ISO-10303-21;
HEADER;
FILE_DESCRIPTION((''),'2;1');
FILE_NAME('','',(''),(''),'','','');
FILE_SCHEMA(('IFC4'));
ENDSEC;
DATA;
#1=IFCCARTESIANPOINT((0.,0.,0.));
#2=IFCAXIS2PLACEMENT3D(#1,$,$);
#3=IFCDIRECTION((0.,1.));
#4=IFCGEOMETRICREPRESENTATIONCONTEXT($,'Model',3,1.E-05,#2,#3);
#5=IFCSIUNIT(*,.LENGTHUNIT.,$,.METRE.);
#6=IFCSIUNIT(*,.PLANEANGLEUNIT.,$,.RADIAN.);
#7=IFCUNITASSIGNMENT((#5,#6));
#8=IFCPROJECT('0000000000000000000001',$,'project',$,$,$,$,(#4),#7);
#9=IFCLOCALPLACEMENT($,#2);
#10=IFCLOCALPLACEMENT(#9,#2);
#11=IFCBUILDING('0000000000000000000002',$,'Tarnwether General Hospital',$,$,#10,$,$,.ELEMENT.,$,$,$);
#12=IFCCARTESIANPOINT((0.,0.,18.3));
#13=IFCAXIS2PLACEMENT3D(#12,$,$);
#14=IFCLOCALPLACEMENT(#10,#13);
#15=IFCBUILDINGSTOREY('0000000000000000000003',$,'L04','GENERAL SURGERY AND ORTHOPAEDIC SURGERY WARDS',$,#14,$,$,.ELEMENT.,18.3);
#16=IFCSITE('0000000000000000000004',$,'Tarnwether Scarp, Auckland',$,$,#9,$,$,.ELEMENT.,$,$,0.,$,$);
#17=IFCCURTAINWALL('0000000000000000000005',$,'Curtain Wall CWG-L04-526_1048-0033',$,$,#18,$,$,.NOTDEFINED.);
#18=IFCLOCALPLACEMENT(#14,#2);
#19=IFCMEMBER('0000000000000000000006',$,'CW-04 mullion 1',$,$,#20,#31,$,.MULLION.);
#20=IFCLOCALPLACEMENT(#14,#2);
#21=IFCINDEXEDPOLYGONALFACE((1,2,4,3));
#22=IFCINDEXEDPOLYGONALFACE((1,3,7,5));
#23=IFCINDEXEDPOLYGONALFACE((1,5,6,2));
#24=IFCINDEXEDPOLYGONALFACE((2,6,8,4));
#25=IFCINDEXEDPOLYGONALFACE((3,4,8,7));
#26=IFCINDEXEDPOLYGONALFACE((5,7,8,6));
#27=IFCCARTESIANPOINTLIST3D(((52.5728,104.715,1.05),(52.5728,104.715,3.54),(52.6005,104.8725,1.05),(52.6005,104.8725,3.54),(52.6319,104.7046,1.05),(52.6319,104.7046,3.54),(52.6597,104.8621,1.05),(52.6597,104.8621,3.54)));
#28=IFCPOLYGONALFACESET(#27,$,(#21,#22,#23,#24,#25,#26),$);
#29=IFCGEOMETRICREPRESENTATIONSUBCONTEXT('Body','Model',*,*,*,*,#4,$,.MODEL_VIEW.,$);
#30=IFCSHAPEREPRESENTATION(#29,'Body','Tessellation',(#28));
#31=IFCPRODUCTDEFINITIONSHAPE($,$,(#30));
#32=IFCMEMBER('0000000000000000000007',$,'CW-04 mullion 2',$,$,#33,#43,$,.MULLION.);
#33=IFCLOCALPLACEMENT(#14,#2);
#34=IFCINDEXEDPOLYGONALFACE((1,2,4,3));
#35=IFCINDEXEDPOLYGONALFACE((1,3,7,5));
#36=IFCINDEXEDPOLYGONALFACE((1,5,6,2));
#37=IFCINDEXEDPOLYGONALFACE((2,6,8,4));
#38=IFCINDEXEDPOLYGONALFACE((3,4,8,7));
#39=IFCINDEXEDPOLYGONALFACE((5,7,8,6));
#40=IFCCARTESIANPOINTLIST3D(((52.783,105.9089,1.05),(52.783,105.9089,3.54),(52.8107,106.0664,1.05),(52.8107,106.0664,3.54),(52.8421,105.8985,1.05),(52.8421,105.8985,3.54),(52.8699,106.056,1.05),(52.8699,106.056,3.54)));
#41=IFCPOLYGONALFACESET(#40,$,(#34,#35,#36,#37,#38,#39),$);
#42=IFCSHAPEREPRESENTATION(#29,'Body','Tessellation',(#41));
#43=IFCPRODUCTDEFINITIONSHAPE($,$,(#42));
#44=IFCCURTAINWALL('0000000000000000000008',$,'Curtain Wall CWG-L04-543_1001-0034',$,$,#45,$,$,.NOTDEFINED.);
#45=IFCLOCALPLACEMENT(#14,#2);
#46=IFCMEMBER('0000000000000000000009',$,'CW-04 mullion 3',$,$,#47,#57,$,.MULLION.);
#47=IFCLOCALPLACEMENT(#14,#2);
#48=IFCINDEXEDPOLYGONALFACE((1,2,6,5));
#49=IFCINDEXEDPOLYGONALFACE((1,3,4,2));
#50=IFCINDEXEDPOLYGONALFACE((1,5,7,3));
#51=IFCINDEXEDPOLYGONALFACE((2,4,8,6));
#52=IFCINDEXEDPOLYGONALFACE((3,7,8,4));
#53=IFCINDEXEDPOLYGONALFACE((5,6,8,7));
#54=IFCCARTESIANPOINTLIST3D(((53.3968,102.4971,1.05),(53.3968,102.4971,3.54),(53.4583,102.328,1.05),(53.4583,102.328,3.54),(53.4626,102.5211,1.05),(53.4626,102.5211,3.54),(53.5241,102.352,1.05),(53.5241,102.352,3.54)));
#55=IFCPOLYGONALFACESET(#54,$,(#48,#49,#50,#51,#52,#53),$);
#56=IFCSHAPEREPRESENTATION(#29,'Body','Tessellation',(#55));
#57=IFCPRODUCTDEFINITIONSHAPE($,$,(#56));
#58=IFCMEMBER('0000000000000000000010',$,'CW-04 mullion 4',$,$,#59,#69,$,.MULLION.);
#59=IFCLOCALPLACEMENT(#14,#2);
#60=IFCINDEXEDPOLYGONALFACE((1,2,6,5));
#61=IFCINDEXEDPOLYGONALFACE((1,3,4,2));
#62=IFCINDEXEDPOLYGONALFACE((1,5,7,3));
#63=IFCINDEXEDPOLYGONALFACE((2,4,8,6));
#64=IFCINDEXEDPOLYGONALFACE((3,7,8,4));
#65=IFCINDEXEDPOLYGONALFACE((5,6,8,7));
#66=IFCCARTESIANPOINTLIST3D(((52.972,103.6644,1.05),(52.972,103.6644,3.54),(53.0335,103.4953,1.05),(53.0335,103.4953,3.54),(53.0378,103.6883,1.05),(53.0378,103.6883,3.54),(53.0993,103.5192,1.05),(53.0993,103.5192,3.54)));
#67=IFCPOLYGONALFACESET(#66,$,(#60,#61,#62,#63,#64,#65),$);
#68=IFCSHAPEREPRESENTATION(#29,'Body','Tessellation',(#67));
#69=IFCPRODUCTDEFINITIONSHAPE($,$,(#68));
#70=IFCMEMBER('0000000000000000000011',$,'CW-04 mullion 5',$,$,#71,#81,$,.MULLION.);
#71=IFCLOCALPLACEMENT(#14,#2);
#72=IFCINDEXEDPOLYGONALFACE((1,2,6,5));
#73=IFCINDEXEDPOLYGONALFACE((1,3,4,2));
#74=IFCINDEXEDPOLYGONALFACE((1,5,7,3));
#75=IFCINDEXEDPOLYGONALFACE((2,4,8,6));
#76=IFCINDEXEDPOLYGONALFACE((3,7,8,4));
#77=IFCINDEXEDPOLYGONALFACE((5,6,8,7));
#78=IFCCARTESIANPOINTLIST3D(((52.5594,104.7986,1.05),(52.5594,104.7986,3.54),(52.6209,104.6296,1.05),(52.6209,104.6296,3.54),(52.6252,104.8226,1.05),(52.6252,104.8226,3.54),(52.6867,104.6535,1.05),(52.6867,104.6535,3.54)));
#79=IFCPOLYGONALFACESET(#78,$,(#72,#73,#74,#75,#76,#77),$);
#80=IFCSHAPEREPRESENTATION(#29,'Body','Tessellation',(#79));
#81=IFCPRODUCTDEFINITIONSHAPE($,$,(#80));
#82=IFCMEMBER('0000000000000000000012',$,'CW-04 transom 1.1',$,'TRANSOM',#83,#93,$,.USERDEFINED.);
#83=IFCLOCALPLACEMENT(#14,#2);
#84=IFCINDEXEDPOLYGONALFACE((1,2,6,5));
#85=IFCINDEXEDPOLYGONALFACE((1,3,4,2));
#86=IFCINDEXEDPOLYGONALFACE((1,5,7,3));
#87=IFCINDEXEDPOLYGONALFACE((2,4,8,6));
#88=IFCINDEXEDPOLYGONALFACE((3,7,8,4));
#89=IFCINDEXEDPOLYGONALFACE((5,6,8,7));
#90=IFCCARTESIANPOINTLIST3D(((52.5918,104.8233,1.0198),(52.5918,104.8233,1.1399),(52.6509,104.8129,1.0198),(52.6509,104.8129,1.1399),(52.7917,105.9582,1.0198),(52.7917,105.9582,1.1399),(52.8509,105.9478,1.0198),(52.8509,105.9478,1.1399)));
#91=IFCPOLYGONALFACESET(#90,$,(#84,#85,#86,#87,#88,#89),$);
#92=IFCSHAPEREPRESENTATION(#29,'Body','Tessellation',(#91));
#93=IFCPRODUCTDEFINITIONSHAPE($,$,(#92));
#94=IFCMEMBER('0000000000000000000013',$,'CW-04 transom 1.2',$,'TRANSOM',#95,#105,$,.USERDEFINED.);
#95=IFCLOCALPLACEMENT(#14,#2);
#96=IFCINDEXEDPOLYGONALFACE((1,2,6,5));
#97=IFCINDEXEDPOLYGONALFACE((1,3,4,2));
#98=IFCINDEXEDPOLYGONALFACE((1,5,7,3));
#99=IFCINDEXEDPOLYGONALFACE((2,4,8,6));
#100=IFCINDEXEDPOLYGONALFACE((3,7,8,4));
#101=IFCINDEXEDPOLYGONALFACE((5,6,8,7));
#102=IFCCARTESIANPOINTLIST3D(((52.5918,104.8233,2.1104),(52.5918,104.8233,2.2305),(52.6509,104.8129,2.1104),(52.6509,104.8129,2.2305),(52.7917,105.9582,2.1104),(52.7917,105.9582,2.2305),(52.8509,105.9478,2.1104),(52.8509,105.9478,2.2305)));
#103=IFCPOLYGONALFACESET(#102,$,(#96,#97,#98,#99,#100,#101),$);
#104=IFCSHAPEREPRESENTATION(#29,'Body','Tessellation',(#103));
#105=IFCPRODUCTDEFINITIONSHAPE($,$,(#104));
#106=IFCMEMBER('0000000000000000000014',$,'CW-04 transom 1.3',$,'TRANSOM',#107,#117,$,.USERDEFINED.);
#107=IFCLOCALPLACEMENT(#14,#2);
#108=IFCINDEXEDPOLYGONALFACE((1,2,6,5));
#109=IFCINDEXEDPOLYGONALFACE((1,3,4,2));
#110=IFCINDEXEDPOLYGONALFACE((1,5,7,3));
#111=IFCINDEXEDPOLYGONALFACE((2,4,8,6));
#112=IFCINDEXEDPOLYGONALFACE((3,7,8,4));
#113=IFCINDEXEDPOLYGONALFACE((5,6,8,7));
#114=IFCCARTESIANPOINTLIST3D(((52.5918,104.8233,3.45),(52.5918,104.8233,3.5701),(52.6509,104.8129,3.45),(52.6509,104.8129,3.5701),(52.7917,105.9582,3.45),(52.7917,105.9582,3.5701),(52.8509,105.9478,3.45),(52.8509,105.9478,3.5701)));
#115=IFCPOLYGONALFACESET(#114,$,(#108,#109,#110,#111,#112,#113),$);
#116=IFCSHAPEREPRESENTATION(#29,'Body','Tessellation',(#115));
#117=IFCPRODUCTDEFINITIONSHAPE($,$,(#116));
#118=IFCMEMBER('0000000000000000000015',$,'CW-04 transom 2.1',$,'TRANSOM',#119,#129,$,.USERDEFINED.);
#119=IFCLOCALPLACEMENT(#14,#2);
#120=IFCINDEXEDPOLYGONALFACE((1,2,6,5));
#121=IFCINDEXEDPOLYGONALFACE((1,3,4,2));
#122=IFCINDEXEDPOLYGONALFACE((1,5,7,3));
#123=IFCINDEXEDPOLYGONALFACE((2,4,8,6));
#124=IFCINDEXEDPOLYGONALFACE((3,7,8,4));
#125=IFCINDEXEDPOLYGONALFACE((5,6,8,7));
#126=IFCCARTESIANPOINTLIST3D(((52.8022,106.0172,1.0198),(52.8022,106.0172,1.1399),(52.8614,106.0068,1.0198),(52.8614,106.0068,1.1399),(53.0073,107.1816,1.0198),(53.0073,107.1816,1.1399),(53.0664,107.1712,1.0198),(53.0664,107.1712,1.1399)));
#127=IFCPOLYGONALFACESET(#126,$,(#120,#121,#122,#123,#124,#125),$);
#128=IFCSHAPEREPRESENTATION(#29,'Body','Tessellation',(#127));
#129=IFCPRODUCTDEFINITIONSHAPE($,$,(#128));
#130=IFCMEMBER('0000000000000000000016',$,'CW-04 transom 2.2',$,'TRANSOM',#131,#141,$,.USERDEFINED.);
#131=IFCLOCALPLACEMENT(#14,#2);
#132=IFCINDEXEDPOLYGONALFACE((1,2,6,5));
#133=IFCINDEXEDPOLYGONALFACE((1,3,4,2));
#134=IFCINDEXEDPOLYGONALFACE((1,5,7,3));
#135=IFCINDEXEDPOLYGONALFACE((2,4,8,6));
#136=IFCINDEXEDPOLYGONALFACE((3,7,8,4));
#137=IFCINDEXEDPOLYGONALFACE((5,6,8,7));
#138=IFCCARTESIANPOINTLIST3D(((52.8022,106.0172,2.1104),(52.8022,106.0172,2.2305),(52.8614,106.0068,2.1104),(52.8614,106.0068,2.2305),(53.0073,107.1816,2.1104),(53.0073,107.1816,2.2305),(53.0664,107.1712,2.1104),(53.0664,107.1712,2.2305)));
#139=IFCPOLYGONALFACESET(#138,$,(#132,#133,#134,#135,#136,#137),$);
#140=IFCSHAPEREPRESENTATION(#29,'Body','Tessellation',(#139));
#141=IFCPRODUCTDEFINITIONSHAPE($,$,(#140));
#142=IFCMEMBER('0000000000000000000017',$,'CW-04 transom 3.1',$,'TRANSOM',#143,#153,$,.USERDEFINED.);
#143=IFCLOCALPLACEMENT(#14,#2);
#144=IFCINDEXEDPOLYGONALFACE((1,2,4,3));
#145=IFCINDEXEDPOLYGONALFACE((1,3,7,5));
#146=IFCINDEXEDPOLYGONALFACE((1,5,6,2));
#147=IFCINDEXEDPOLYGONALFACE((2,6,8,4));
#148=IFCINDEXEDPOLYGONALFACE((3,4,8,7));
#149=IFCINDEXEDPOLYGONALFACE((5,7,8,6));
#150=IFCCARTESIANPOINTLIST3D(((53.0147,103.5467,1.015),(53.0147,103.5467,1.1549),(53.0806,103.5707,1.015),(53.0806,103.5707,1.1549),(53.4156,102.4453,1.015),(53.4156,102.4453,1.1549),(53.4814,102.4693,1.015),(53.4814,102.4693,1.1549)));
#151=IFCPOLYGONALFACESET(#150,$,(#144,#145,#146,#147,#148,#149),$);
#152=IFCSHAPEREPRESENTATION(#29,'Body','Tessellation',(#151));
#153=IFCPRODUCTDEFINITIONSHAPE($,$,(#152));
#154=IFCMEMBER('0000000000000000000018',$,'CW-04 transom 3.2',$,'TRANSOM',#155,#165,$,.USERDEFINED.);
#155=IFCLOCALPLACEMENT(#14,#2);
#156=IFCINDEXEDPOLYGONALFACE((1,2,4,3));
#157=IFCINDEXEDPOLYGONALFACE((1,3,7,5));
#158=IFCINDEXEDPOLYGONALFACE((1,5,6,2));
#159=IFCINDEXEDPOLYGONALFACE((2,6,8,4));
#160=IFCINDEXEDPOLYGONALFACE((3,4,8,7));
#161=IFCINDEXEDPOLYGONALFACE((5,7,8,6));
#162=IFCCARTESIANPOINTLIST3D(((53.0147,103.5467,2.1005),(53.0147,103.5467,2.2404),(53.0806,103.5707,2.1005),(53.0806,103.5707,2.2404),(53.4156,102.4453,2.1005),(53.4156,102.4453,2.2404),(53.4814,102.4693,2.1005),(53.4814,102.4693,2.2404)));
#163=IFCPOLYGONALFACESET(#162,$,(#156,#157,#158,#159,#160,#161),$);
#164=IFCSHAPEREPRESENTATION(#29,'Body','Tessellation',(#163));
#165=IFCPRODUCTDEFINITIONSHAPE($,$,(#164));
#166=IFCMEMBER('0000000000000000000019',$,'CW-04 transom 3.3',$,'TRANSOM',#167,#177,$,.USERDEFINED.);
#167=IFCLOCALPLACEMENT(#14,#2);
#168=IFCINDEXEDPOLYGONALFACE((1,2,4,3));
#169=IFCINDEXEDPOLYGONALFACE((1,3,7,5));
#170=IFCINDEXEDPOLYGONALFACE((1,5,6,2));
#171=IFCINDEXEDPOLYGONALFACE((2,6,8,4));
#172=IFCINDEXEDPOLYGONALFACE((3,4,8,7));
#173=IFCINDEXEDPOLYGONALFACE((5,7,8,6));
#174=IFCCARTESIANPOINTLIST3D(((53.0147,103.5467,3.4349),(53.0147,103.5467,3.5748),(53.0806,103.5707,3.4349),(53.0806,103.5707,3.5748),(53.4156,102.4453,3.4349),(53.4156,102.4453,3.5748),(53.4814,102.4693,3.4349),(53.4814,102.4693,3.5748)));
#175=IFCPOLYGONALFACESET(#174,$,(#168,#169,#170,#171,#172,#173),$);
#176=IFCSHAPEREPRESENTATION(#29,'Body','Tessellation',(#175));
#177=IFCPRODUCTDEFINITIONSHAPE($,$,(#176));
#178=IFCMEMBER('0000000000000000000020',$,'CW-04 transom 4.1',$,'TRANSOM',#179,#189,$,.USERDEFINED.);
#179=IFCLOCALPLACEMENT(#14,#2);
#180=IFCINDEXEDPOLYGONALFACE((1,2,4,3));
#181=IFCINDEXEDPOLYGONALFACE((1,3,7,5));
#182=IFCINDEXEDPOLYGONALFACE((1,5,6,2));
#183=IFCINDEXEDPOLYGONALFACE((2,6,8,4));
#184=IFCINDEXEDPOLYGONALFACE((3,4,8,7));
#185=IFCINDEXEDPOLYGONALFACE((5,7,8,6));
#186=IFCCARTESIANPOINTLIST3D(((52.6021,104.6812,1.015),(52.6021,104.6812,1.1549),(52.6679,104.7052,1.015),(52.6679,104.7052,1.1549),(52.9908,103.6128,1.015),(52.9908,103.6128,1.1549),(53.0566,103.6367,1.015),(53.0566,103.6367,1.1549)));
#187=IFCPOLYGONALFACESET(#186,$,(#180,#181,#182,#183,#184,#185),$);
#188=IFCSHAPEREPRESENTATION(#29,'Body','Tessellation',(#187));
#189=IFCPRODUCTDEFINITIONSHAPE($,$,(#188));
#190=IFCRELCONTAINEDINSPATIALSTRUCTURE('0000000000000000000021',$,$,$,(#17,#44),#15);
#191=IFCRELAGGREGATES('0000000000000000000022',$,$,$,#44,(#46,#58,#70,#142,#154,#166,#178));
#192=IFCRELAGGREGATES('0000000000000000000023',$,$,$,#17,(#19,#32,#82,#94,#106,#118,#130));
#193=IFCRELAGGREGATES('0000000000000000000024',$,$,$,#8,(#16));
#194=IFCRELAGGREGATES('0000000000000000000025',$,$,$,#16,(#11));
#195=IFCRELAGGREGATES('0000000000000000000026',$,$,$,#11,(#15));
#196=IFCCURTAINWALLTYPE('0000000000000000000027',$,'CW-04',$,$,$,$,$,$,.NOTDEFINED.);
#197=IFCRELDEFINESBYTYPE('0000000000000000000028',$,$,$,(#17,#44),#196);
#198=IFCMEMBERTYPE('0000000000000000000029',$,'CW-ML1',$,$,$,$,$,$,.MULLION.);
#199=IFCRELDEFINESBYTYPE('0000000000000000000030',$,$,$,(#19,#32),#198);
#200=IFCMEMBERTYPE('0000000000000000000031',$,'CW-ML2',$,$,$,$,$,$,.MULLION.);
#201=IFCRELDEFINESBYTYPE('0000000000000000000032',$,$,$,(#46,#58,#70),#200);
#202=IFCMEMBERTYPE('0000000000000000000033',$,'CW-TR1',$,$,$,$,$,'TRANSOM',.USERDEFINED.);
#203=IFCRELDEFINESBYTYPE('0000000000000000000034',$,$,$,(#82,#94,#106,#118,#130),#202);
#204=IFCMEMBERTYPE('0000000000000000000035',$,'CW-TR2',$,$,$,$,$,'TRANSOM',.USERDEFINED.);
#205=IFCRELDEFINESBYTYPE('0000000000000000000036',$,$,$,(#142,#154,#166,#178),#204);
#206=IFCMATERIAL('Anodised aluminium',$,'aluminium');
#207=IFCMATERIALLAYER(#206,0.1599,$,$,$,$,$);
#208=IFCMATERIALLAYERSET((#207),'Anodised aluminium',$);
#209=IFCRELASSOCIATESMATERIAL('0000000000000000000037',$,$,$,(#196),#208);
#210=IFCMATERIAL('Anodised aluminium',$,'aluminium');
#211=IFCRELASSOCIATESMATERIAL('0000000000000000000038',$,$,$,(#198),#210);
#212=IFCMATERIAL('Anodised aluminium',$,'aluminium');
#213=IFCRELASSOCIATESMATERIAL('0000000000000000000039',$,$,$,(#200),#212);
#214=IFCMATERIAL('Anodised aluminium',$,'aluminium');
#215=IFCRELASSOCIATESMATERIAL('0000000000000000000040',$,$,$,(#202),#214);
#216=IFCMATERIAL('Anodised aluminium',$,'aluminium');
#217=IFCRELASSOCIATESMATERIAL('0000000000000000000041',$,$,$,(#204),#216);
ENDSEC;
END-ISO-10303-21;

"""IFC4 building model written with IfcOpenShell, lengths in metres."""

from ifc_helpers import new_model, si_unit, direction, frame, origin, origin_2d, place, context, subcontext, project, spatial, rectangle, extrude, material, layer, layer_set, material_profile, profile_set, type_object, element, aggregate, save


model = new_model("IFC4")

# Units and contexts
model_context = context("Model", 3, precision=1e-05, world=origin(), true_north=direction((0.0, 1.0)))
body_context = subcontext(model_context, "Body", "Model", "MODEL_VIEW")
ifc_project = project(units=[si_unit("LENGTHUNIT", "METRE"), si_unit("PLANEANGLEUNIT", "RADIAN")], contexts=[model_context])

# Site, building, storey
site_placement = place(None, origin())
site = spatial("IfcSite", under=ifc_project, at=site_placement, Name="Tarnwether Scarp, Auckland", CompositionType="ELEMENT", RefElevation=0.0)
building_placement = place(site_placement, origin())
building = spatial("IfcBuilding", under=site, at=building_placement, Name="Tarnwether General Hospital", CompositionType="ELEMENT")
storey_placement = place(building_placement, frame((0.0, 0.0, 18.3)))
storey = spatial("IfcBuildingStorey", under=building, at=storey_placement, Name="L04", Description="GENERAL SURGERY AND ORTHOPAEDIC SURGERY WARDS", CompositionType="ELEMENT", Elevation=18.3)

# Curtain walls, members
ifc_material_1 = material(Name="Anodised aluminium", Category="aluminium")
ifc_layer_1 = layer(ifc_material_1, 0.1599)
ifc_layer_set_1 = layer_set([ifc_layer_1], Name="Anodised aluminium")
curtain_wall_type = type_object("IfcCurtainWallType", Name="CW-04", PredefinedType="NOTDEFINED", material=ifc_layer_set_1)
curtain_wall_1_placement = place(storey_placement, origin())
curtain_wall_1 = element("IfcCurtainWall", 1, at=curtain_wall_1_placement, inside=storey, type_object=curtain_wall_type, Name="Curtain Wall CWG-L04-526_1048-0033", PredefinedType="NOTDEFINED")
ifc_material_2 = material(Name="Anodised aluminium", Category="aluminium")
ifc_material_profile_1 = material_profile(ifc_material_2, rectangle(XDim=0.0601, YDim=0.1599, at=origin_2d()), Name="ALU-MUL-60x160")
ifc_profile_set_1 = profile_set([ifc_material_profile_1], Name="Anodised aluminium")
member_type_1 = type_object("IfcMemberType", Name="CW-ML1", PredefinedType="MULLION", material=ifc_profile_set_1)
member_1_placement = place(storey_placement, frame((52.6162, 104.7886, 1.05), z_axis=(0.0, 0.0, 1.0), x_axis=(-0.98484, 0.173464, 0.0)))
member_1 = element("IfcMember", 2, at=member_1_placement, type_object=member_type_1, Name="CW-04 mullion 1", PredefinedType="MULLION", context=body_context, shape_type="SweptSolid", body=[
    extrude(rectangle(XDim=0.0601, YDim=0.1599, at=origin_2d()), origin(), (0.0, 0.0, 1.0), 2.49),
])
member_2_placement = place(storey_placement, frame((52.8264, 105.9824, 1.05), z_axis=(0.0, 0.0, 1.0), x_axis=(-0.98484, 0.173464, 0.0)))
member_2 = element("IfcMember", 3, at=member_2_placement, type_object=member_type_1, Name="CW-04 mullion 2", PredefinedType="MULLION", context=body_context, shape_type="SweptSolid", body=[
    extrude(rectangle(XDim=0.0601, YDim=0.1599, at=origin_2d()), origin(), (0.0, 0.0, 1.0), 2.49),
])
curtain_wall_2_placement = place(storey_placement, origin())
curtain_wall_2 = element("IfcCurtainWall", 4, at=curtain_wall_2_placement, inside=storey, type_object=curtain_wall_type, Name="Curtain Wall CWG-L04-543_1001-0034", PredefinedType="NOTDEFINED")
ifc_material_3 = material(Name="Anodised aluminium", Category="aluminium")
ifc_material_profile_2 = material_profile(ifc_material_3, rectangle(XDim=0.0701, YDim=0.1799, at=origin_2d()), Name="ALU-MUL-70x180")
ifc_profile_set_2 = profile_set([ifc_material_profile_2], Name="Anodised aluminium")
member_type_2 = type_object("IfcMemberType", Name="CW-ML2", PredefinedType="MULLION", material=ifc_profile_set_2)
member_3_placement = place(storey_placement, frame((53.4604, 102.4246, 1.05), z_axis=(0.0, 0.0, 1.0), x_axis=(-0.939717, -0.341953, 0.0)))
member_3 = element("IfcMember", 5, at=member_3_placement, type_object=member_type_2, Name="CW-04 mullion 3", PredefinedType="MULLION", context=body_context, shape_type="SweptSolid", body=[
    extrude(rectangle(XDim=0.0701, YDim=0.1799, at=origin_2d()), origin(), (0.0, 0.0, 1.0), 2.49),
])
member_4_placement = place(storey_placement, frame((53.0356, 103.5918, 1.05), z_axis=(0.0, 0.0, 1.0), x_axis=(-0.939717, -0.341953, 0.0)))
member_4 = element("IfcMember", 6, at=member_4_placement, type_object=member_type_2, Name="CW-04 mullion 4", PredefinedType="MULLION", context=body_context, shape_type="SweptSolid", body=[
    extrude(rectangle(XDim=0.0701, YDim=0.1799, at=origin_2d()), origin(), (0.0, 0.0, 1.0), 2.49),
])
member_5_placement = place(storey_placement, frame((52.623, 104.7261, 1.05), z_axis=(0.0, 0.0, 1.0), x_axis=(-0.939717, -0.341953, 0.0)))
member_5 = element("IfcMember", 7, at=member_5_placement, type_object=member_type_2, Name="CW-04 mullion 5", PredefinedType="MULLION", context=body_context, shape_type="SweptSolid", body=[
    extrude(rectangle(XDim=0.0701, YDim=0.1799, at=origin_2d()), origin(), (0.0, 0.0, 1.0), 2.49),
])

# Members
ifc_material_4 = material(Name="Anodised aluminium", Category="aluminium")
ifc_material_profile_3 = material_profile(ifc_material_4, rectangle(XDim=0.0601, YDim=0.1201, at=origin_2d()), Name="ALU-TRN-60x120")
ifc_profile_set_3 = profile_set([ifc_material_profile_3], Name="Anodised aluminium")
member_type_3 = type_object("IfcMemberType", Name="CW-TR1", ElementType="TRANSOM", PredefinedType="USERDEFINED", material=ifc_profile_set_3)
member_6_placement = place(storey_placement, frame((52.6213, 104.8181, 1.0798), z_axis=(0.173531, 0.984828, 0.0), x_axis=(-0.984828, 0.173531, 0.0)))
member_6 = element("IfcMember", 8, at=member_6_placement, type_object=member_type_3, Name="CW-04 transom 1.1", ObjectType="TRANSOM", PredefinedType="USERDEFINED", context=body_context, shape_type="SweptSolid", body=[
    extrude(rectangle(XDim=0.0601, YDim=0.1201, at=origin_2d()), origin(), (0.0, 0.0, 1.0), 1.1523),
])
member_7_placement = place(storey_placement, frame((52.6213, 104.8181, 2.1704), z_axis=(0.173531, 0.984828, 0.0), x_axis=(-0.984828, 0.173531, 0.0)))
member_7 = element("IfcMember", 9, at=member_7_placement, type_object=member_type_3, Name="CW-04 transom 1.2", ObjectType="TRANSOM", PredefinedType="USERDEFINED", context=body_context, shape_type="SweptSolid", body=[
    extrude(rectangle(XDim=0.0601, YDim=0.1201, at=origin_2d()), origin(), (0.0, 0.0, 1.0), 1.1523),
])
member_8_placement = place(storey_placement, frame((52.6213, 104.8181, 3.51), z_axis=(0.173531, 0.984828, 0.0), x_axis=(-0.984828, 0.173531, 0.0)))
member_8 = element("IfcMember", 10, at=member_8_placement, type_object=member_type_3, Name="CW-04 transom 1.3", ObjectType="TRANSOM", PredefinedType="USERDEFINED", context=body_context, shape_type="SweptSolid", body=[
    extrude(rectangle(XDim=0.0601, YDim=0.1201, at=origin_2d()), origin(), (0.0, 0.0, 1.0), 1.1523),
])
member_9_placement = place(storey_placement, frame((52.8318, 106.012, 1.0798), z_axis=(0.173432, 0.984846, 0.0), x_axis=(-0.984846, 0.173432, 0.0)))
member_9 = element("IfcMember", 11, at=member_9_placement, type_object=member_type_3, Name="CW-04 transom 2.1", ObjectType="TRANSOM", PredefinedType="USERDEFINED", context=body_context, shape_type="SweptSolid", body=[
    extrude(rectangle(XDim=0.0601, YDim=0.1201, at=origin_2d()), origin(), (0.0, 0.0, 1.0), 1.1824),
])
member_10_placement = place(storey_placement, frame((52.8318, 106.012, 2.1704), z_axis=(0.173432, 0.984846, 0.0), x_axis=(-0.984846, 0.173432, 0.0)))
member_10 = element("IfcMember", 12, at=member_10_placement, type_object=member_type_3, Name="CW-04 transom 2.2", ObjectType="TRANSOM", PredefinedType="USERDEFINED", context=body_context, shape_type="SweptSolid", body=[
    extrude(rectangle(XDim=0.0601, YDim=0.1201, at=origin_2d()), origin(), (0.0, 0.0, 1.0), 1.1824),
])
ifc_material_5 = material(Name="Anodised aluminium", Category="aluminium")
ifc_material_profile_4 = material_profile(ifc_material_5, rectangle(XDim=0.0701, YDim=0.1399, at=origin_2d()), Name="ALU-TRN-70x140")
ifc_profile_set_4 = profile_set([ifc_material_profile_4], Name="Anodised aluminium")
member_type_4 = type_object("IfcMemberType", Name="CW-TR2", ElementType="TRANSOM", PredefinedType="USERDEFINED", material=ifc_profile_set_4)
member_11_placement = place(storey_placement, frame((53.4485, 102.4573, 1.085), z_axis=(-0.341977, 0.939708, 0.0), x_axis=(-0.939708, -0.341977, 0.0)))
member_11 = element("IfcMember", 13, at=member_11_placement, type_object=member_type_4, Name="CW-04 transom 3.1", ObjectType="TRANSOM", PredefinedType="USERDEFINED", context=body_context, shape_type="SweptSolid", body=[
    extrude(rectangle(XDim=0.0701, YDim=0.1399, at=origin_2d()), origin(), (0.0, 0.0, 1.0), 1.1721),
])
member_12_placement = place(storey_placement, frame((53.4485, 102.4573, 2.1704), z_axis=(-0.341977, 0.939708, 0.0), x_axis=(-0.939708, -0.341977, 0.0)))
member_12 = element("IfcMember", 14, at=member_12_placement, type_object=member_type_4, Name="CW-04 transom 3.2", ObjectType="TRANSOM", PredefinedType="USERDEFINED", context=body_context, shape_type="SweptSolid", body=[
    extrude(rectangle(XDim=0.0701, YDim=0.1399, at=origin_2d()), origin(), (0.0, 0.0, 1.0), 1.1721),
])
member_13_placement = place(storey_placement, frame((53.4485, 102.4573, 3.5049), z_axis=(-0.341977, 0.939708, 0.0), x_axis=(-0.939708, -0.341977, 0.0)))
member_13 = element("IfcMember", 15, at=member_13_placement, type_object=member_type_4, Name="CW-04 transom 3.3", ObjectType="TRANSOM", PredefinedType="USERDEFINED", context=body_context, shape_type="SweptSolid", body=[
    extrude(rectangle(XDim=0.0701, YDim=0.1399, at=origin_2d()), origin(), (0.0, 0.0, 1.0), 1.1721),
])
member_14_placement = place(storey_placement, frame((53.0237, 103.6248, 1.085), z_axis=(-0.341881, 0.939743, 0.0), x_axis=(-0.939743, -0.341881, 0.0)))
member_14 = element("IfcMember", 16, at=member_14_placement, type_object=member_type_4, Name="CW-04 transom 4.1", ObjectType="TRANSOM", PredefinedType="USERDEFINED", context=body_context, shape_type="SweptSolid", body=[
    extrude(rectangle(XDim=0.0701, YDim=0.1399, at=origin_2d()), origin(), (0.0, 0.0, 1.0), 1.137),
])

aggregate(curtain_wall_2, [member_3, member_4, member_5, member_11, member_12, member_13, member_14])
aggregate(curtain_wall_1, [member_1, member_2, member_6, member_7, member_8, member_9, member_10])

save(model, "model.ifc")
